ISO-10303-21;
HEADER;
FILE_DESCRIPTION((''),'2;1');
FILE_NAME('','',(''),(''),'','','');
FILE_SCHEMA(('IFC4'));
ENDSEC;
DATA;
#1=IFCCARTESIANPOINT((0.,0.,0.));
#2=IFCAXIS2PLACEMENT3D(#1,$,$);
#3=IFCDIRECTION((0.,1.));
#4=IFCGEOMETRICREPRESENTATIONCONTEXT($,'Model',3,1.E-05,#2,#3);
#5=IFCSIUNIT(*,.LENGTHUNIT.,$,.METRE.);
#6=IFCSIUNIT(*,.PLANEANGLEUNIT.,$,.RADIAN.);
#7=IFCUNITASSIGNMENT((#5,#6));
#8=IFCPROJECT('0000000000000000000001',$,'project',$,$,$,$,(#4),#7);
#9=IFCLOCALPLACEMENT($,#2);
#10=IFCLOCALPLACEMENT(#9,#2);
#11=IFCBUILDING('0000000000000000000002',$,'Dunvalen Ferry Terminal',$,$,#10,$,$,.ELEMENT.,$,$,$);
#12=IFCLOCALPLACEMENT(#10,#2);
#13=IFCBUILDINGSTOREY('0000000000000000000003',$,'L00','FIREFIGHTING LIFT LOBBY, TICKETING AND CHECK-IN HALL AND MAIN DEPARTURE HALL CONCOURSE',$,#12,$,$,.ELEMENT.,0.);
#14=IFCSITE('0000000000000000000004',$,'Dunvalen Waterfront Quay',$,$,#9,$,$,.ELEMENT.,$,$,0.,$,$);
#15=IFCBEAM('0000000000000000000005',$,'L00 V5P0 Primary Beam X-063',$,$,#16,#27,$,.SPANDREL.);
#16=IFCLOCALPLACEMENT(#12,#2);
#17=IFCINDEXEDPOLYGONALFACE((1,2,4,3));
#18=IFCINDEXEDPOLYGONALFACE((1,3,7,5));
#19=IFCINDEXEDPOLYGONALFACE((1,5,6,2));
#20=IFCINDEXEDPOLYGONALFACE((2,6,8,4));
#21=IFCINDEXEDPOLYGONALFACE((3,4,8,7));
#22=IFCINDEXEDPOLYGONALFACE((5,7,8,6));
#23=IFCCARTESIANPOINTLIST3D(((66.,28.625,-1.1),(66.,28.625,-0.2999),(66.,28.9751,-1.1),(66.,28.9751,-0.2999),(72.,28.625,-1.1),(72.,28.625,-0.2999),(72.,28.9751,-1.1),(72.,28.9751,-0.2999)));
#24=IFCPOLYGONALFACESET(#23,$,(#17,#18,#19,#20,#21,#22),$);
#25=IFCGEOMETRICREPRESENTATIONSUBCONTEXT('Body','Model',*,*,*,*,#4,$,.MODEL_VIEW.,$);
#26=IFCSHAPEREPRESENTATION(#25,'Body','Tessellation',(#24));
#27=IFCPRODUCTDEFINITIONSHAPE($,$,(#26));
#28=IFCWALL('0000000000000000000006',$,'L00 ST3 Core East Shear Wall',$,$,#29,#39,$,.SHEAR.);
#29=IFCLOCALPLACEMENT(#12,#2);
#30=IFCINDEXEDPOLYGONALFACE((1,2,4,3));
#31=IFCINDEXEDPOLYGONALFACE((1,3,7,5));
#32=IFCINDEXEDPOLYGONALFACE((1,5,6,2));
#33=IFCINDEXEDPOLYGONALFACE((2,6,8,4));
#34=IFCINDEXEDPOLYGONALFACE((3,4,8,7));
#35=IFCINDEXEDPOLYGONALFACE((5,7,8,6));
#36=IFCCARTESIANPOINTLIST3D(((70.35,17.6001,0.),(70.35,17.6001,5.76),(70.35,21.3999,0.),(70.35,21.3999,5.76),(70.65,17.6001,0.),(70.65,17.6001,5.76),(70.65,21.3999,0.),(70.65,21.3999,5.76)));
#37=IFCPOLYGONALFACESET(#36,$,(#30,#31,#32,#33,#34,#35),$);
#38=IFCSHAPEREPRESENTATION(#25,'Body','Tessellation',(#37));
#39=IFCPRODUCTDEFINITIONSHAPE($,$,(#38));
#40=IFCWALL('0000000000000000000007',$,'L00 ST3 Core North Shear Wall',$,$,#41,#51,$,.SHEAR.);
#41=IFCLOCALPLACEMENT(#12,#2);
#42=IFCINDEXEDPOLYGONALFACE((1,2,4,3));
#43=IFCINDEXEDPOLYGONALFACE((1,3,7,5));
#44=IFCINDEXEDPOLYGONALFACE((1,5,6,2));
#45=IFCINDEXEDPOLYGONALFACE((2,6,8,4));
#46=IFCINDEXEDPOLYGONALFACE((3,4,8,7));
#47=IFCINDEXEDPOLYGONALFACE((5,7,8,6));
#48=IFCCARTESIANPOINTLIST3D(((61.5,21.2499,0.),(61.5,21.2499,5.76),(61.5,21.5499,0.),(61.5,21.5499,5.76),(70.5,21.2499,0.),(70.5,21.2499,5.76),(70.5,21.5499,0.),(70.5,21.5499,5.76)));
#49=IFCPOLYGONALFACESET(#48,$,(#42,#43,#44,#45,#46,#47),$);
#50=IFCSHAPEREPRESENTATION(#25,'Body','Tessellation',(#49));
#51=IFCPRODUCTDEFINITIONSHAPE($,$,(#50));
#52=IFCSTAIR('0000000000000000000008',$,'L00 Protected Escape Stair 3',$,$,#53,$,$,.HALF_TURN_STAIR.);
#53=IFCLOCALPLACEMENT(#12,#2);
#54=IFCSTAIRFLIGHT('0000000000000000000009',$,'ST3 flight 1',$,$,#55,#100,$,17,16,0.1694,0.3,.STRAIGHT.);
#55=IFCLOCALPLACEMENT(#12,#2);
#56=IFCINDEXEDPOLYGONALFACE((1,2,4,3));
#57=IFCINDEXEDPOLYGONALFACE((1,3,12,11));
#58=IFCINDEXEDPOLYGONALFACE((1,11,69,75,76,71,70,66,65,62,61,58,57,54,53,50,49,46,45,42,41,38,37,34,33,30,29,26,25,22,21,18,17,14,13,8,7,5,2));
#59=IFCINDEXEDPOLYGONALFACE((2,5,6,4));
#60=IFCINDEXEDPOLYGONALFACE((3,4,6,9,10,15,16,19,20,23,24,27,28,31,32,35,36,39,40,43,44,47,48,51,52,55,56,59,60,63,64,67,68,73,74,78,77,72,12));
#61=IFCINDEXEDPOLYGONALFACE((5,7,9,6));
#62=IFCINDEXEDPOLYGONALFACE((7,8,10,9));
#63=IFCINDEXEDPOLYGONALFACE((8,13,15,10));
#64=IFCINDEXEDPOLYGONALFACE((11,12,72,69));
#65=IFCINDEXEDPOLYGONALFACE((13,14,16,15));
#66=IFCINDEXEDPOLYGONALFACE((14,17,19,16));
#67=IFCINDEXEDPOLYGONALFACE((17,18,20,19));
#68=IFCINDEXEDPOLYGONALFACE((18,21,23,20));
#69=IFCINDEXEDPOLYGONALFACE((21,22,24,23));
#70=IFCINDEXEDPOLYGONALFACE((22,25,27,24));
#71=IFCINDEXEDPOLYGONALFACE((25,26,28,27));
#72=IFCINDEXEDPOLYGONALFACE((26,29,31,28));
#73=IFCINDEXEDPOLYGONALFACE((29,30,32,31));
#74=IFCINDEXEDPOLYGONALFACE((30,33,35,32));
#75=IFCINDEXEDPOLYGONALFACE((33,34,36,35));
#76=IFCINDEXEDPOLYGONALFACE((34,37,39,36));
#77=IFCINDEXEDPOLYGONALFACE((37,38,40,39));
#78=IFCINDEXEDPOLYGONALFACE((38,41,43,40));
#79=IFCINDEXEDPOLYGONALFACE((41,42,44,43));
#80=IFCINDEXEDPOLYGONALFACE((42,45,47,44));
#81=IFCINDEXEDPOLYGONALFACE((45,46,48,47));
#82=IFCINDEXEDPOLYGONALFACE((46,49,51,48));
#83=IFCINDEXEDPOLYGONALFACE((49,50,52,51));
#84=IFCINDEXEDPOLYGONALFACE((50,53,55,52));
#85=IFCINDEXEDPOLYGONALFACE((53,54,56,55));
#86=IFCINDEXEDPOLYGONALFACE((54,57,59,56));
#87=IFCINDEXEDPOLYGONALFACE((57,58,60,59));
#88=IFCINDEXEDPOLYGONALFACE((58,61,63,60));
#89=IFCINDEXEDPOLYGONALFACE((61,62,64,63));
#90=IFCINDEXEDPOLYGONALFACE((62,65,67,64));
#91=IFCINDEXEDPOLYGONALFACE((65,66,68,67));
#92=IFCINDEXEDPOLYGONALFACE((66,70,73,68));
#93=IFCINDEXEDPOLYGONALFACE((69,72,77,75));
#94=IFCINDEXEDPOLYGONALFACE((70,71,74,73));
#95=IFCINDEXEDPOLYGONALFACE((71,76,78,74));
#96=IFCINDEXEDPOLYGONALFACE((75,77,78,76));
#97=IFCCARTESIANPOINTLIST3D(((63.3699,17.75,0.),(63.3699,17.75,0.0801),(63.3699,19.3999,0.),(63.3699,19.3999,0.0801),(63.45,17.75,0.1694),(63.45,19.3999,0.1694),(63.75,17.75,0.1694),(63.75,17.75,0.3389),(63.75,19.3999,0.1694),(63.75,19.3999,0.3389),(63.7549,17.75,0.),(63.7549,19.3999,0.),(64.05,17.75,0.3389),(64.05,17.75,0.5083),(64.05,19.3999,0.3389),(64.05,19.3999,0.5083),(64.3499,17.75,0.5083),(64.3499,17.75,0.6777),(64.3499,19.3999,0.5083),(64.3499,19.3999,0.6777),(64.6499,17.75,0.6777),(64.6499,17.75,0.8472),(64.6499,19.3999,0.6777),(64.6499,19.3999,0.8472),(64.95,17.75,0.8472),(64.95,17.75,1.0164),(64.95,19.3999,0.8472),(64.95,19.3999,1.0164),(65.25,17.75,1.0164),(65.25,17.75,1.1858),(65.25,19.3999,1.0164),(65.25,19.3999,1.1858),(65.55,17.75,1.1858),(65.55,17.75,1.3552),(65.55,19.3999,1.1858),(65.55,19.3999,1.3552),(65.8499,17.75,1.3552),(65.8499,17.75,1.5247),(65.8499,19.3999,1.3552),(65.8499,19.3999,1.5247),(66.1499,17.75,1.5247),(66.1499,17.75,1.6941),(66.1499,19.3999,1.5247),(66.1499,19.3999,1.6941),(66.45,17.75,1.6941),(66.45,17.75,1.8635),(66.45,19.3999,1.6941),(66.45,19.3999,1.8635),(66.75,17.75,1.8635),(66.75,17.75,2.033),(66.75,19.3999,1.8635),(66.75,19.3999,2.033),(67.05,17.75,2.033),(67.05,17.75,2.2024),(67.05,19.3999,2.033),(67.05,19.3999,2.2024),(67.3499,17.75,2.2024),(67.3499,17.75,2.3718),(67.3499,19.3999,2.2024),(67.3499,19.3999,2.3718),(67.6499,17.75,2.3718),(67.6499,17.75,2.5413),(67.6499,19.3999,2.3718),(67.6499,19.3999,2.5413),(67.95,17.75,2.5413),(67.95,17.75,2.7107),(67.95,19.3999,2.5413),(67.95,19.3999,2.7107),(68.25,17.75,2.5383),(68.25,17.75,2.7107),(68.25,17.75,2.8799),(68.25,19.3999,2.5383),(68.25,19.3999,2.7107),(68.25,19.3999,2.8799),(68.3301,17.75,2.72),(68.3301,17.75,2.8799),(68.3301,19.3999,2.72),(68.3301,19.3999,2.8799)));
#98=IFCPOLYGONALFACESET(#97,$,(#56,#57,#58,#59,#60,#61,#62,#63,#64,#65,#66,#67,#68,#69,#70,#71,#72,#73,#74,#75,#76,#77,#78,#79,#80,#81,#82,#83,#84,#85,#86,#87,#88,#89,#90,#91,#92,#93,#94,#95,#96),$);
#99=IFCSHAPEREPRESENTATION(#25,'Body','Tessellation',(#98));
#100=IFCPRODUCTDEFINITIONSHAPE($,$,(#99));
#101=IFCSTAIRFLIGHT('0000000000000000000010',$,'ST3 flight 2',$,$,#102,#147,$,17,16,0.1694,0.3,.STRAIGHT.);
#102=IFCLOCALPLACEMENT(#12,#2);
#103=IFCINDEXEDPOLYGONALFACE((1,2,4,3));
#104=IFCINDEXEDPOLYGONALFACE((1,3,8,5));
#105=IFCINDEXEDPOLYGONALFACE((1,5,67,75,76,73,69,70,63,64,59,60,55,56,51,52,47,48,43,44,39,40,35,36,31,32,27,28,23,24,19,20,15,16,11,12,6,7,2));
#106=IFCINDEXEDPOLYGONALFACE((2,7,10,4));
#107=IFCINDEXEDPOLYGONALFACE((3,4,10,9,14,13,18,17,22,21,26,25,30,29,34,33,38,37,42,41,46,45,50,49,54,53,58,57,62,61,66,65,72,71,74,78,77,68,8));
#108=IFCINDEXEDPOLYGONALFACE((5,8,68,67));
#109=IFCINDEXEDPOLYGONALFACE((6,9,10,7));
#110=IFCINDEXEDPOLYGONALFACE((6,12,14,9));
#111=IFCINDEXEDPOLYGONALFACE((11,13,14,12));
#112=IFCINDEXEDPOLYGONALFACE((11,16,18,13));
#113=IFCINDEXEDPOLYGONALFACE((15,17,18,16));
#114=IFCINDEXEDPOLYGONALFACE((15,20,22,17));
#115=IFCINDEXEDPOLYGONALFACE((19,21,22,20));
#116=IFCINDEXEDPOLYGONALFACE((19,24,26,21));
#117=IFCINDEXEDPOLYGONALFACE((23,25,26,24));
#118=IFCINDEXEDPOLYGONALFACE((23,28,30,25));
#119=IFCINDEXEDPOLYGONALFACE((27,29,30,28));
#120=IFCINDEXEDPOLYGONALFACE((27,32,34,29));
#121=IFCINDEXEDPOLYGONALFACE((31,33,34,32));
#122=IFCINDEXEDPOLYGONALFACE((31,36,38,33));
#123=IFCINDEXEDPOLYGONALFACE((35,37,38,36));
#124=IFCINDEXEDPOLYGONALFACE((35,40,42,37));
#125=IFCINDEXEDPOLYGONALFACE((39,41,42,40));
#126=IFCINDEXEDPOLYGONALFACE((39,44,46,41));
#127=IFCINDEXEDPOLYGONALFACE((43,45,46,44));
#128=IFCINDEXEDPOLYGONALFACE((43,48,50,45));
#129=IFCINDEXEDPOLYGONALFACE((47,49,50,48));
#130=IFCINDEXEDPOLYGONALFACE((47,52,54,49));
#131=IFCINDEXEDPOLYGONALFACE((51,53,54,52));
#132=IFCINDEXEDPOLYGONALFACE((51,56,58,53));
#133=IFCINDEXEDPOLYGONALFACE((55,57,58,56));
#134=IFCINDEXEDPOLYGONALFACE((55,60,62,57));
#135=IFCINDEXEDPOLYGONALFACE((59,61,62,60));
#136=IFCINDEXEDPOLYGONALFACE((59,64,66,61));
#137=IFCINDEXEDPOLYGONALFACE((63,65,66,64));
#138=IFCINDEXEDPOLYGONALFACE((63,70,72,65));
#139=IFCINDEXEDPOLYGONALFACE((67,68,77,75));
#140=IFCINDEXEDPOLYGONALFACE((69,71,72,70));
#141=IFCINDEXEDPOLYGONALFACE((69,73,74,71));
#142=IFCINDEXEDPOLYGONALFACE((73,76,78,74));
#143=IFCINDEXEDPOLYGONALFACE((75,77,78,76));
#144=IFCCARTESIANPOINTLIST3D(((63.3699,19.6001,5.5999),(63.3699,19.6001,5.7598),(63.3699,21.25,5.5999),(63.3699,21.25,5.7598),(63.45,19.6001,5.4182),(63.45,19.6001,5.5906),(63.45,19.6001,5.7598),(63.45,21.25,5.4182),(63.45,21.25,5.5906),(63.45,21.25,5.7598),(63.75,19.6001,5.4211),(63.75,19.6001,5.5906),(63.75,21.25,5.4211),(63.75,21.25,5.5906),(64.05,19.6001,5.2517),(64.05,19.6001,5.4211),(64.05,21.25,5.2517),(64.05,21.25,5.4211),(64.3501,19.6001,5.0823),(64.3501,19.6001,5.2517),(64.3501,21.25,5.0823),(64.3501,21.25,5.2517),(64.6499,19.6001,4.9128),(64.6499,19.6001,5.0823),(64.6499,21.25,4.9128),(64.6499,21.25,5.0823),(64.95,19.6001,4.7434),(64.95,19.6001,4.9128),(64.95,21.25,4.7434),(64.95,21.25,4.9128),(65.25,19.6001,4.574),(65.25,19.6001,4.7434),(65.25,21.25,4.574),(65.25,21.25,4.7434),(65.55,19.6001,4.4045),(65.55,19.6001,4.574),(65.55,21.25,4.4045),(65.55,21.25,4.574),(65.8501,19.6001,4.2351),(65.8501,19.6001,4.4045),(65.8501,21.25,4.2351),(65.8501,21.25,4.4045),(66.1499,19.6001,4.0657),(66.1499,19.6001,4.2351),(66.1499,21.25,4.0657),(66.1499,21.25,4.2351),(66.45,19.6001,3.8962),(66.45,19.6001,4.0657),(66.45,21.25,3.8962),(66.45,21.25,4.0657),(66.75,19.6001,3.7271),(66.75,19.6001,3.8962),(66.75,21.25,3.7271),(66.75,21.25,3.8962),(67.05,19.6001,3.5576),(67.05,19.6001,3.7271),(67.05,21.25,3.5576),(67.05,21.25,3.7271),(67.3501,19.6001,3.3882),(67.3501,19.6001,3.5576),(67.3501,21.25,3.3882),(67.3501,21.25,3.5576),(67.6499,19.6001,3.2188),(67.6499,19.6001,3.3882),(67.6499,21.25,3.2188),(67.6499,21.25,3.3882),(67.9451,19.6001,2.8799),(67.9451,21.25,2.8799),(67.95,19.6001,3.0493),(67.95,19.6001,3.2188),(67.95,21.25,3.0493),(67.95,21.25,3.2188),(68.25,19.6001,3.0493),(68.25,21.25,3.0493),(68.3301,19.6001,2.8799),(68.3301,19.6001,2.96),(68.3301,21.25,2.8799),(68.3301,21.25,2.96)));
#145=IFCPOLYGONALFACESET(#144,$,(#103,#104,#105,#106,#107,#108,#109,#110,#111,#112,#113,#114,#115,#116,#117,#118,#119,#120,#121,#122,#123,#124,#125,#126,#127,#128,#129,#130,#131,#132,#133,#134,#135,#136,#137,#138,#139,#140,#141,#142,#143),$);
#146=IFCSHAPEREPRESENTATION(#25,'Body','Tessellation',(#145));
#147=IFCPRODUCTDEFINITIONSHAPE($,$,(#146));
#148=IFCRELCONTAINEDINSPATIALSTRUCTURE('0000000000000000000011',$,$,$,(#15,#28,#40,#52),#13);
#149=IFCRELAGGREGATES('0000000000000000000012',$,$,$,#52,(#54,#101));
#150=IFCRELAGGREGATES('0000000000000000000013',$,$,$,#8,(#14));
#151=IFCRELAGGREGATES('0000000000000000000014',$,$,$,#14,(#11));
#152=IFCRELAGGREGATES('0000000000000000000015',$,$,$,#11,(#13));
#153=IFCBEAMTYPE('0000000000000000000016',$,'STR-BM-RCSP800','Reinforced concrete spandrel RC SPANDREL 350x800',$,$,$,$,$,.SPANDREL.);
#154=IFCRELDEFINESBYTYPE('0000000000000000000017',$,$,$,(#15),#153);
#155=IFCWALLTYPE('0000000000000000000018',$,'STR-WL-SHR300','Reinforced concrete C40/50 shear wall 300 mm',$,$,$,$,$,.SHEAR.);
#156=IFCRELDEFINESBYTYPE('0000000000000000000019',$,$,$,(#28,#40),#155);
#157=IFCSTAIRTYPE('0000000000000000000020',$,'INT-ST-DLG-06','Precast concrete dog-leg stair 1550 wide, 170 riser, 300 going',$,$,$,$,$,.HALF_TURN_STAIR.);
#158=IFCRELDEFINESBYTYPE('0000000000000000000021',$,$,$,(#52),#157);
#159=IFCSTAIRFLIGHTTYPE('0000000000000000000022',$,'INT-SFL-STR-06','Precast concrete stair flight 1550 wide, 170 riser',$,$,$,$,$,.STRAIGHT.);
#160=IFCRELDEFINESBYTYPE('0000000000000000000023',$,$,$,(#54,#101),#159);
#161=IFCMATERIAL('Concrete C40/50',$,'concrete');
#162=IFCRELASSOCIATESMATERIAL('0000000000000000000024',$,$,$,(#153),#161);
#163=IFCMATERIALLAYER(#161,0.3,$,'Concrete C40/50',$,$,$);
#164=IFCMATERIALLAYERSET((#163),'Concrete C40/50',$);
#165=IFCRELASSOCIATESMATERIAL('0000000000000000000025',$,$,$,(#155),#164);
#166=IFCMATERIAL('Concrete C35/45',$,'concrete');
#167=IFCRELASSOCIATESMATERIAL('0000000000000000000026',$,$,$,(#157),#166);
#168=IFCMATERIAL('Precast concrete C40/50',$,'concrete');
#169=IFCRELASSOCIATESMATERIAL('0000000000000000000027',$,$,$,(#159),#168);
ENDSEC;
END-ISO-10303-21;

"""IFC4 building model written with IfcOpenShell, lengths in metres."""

from ifc_helpers import new_model, si_unit, direction, frame, frame_2d, origin, origin_2d, place, context, subcontext, project, spatial, polyline, rectangle, outline, extrude, material, layer, layer_set, material_profile, profile_set, type_object, element, aggregate, save


model = new_model("IFC4")

# Units and contexts
model_context = context("Model", 3, precision=1e-05, world=origin(), true_north=direction((0.0, 1.0)))
body_context = subcontext(model_context, "Body", "Model", "MODEL_VIEW")
ifc_project = project(units=[si_unit("LENGTHUNIT", "METRE"), si_unit("PLANEANGLEUNIT", "RADIAN")], contexts=[model_context])

# Site, building, storey
site_placement = place(None, origin())
site = spatial("IfcSite", under=ifc_project, at=site_placement, Name="Dunvalen Waterfront Quay", CompositionType="ELEMENT", RefElevation=0.0)
building_placement = place(site_placement, origin())
building = spatial("IfcBuilding", under=site, at=building_placement, Name="Dunvalen Ferry Terminal", CompositionType="ELEMENT")
storey_placement = place(building_placement, origin())
storey = spatial("IfcBuildingStorey", under=building, at=storey_placement, Name="L00", Description="FIREFIGHTING LIFT LOBBY, TICKETING AND CHECK-IN HALL AND MAIN DEPARTURE HALL CONCOURSE", CompositionType="ELEMENT", Elevation=0.0)

# Shared definitions
ifc_material_1 = material(Name="Concrete C40/50", Category="concrete")

# Beam
ifc_material_2 = material(Name="Concrete C35/45", Category="concrete")
ifc_material_profile_1 = material_profile(ifc_material_1, rectangle(XDim=0.3501, YDim=0.8, at=origin_2d()), Name="Concrete C40/50")
ifc_profile_set_1 = profile_set([ifc_material_profile_1], Name="Concrete C40/50")
beam_type_1 = type_object("IfcBeamType", Name="STR-BM-RCSP800", Description="Reinforced concrete spandrel RC SPANDREL 350x800", PredefinedType="SPANDREL", material=ifc_profile_set_1)
beam_1_placement = place(storey_placement, frame((66.0, 28.8, -0.7), z_axis=(1.0, 0.0, 0.0), x_axis=(0.0, 1.0, 0.0)))
element("IfcBeam", 1, at=beam_1_placement, inside=storey, type_object=beam_type_1, Name="L00 V5P0 Primary Beam X-063", PredefinedType="SPANDREL", context=body_context, shape_type="SweptSolid", body=[
    extrude(rectangle(XDim=0.3501, YDim=0.8, at=origin_2d()), origin(), (0.0, 0.0, 1.0), 6.0),
])

# Walls
ifc_layer = layer(ifc_material_1, 0.3, Name="Concrete C40/50")
ifc_layer_set = layer_set([ifc_layer], Name="Concrete C40/50")
wall_type = type_object("IfcWallType", Name="STR-WL-SHR300", Description="Reinforced concrete C40/50 shear wall 300 mm", PredefinedType="SHEAR", material=ifc_layer_set)
wall_1_placement = place(storey_placement, frame((70.5, 17.6001, 0.0), z_axis=(0.0, 0.0, 1.0), x_axis=(0.0, 1.0, 0.0)))
element("IfcWall", 2, at=wall_1_placement, inside=storey, type_object=wall_type, Name="L00 ST3 Core East Shear Wall", PredefinedType="SHEAR", context=body_context, shape_type="SweptSolid", body=[
    extrude(rectangle(XDim=3.7998, YDim=0.3, at=frame_2d((1.8999, 0.0))), origin(), (0.0, 0.0, 1.0), 5.76),
])
wall_2_placement = place(storey_placement, frame((61.5, 21.3999, 0.0), z_axis=(0.0, 0.0, 1.0), x_axis=(1.0, 0.0, 0.0)))
element("IfcWall", 3, at=wall_2_placement, inside=storey, type_object=wall_type, Name="L00 ST3 Core North Shear Wall", PredefinedType="SHEAR", context=body_context, shape_type="SweptSolid", body=[
    extrude(rectangle(XDim=9.0, YDim=0.3, at=frame_2d((4.5, 0.0))), origin(), (0.0, 0.0, 1.0), 5.76),
])

# Stair, stair flights
stair_type = type_object("IfcStairType", Name="INT-ST-DLG-06", Description="Precast concrete dog-leg stair 1550 wide, 170 riser, 300 going", PredefinedType="HALF_TURN_STAIR", material=ifc_material_2)
stair_placement = place(storey_placement, origin())
stair = element("IfcStair", 4, at=stair_placement, inside=storey, type_object=stair_type, Name="L00 Protected Escape Stair 3", PredefinedType="HALF_TURN_STAIR")
ifc_material_3 = material(Name="Precast concrete C40/50", Category="concrete")
stair_flight_type = type_object("IfcStairFlightType", Name="INT-SFL-STR-06", Description="Precast concrete stair flight 1550 wide, 170 riser", PredefinedType="STRAIGHT", material=ifc_material_3)
stair_flight_1_placement = place(storey_placement, frame((63.45, 18.575, 0.0), z_axis=(0.0, 0.0, 1.0), x_axis=(1.0, 0.0, 0.0)))
stair_flight_1 = element("IfcStairFlight", 5, at=stair_flight_1_placement, type_object=stair_flight_type, Name="ST3 flight 1", NumberOfRisers=17, NumberOfTreads=16, PredefinedType="STRAIGHT", RiserHeight=0.1694, TreadLength=0.3, context=body_context, shape_type="SweptSolid", body=[
    extrude(outline(polyline([(-0.0801, 0.0), (-0.0801, 0.0801), (0.0, 0.1694), (0.3, 0.1694), (0.3, 0.3389), (0.6001, 0.3389), (0.6001, 0.5083), (0.8999, 0.5083), (0.8999, 0.6777), (1.2, 0.6777), (1.2, 0.8472), (1.5, 0.8472), (1.5, 1.0164), (1.8, 1.0164), (1.8, 1.1858), (2.1001, 1.1858), (2.1001, 1.3552), (2.3999, 1.3552), (2.3999, 1.5247), (2.7, 1.5247), (2.7, 1.6941), (3.0, 1.6941), (3.0, 1.8635), (3.3, 1.8635), (3.3, 2.033), (3.6001, 2.033), (3.6001, 2.2024), (3.8999, 2.2024), (3.8999, 2.3718), (4.2, 2.3718), (4.2, 2.5413), (4.5, 2.5413), (4.5, 2.7107), (4.8, 2.7107), (4.8, 2.8799), (4.8801, 2.8799), (4.8801, 2.72), (4.8, 2.5383), (0.3049, 0.0), (-0.0801, 0.0)])), frame((0.0, 0.825, 0.0), z_axis=(0.0, -1.0, 0.0), x_axis=(1.0, 0.0, 0.0)), (0.0, 0.0, 1.0), 1.6499),
])
stair_flight_2_placement = place(storey_placement, frame((68.25, 20.425, 2.8799), z_axis=(0.0, 0.0, 1.0), x_axis=(-1.0, 0.0, 0.0)))
stair_flight_2 = element("IfcStairFlight", 6, at=stair_flight_2_placement, type_object=stair_flight_type, Name="ST3 flight 2", NumberOfRisers=17, NumberOfTreads=16, PredefinedType="STRAIGHT", RiserHeight=0.1694, TreadLength=0.3, context=body_context, shape_type="SweptSolid", body=[
    extrude(outline(polyline([(-0.0801, 0.0), (-0.0801, 0.0801), (0.0, 0.1694), (0.3, 0.1694), (0.3, 0.3389), (0.6001, 0.3389), (0.6001, 0.5083), (0.8999, 0.5083), (0.8999, 0.6777), (1.2, 0.6777), (1.2, 0.8472), (1.5, 0.8472), (1.5, 1.0164), (1.8, 1.0164), (1.8, 1.1858), (2.1001, 1.1858), (2.1001, 1.3552), (2.3999, 1.3552), (2.3999, 1.5247), (2.7, 1.5247), (2.7, 1.6941), (3.0, 1.6941), (3.0, 1.8635), (3.3, 1.8635), (3.3, 2.033), (3.6001, 2.033), (3.6001, 2.2024), (3.8999, 2.2024), (3.8999, 2.3718), (4.2, 2.3718), (4.2, 2.5413), (4.5, 2.5413), (4.5, 2.7107), (4.8, 2.7107), (4.8, 2.8799), (4.8801, 2.8799), (4.8801, 2.72), (4.8, 2.5383), (0.3049, 0.0), (-0.0801, 0.0)])), frame((0.0, 0.825, 0.0), z_axis=(0.0, -1.0, 0.0), x_axis=(1.0, 0.0, 0.0)), (0.0, 0.0, 1.0), 1.6499),
])
aggregate(stair, [stair_flight_1, stair_flight_2])

save(model, "model.ifc")
